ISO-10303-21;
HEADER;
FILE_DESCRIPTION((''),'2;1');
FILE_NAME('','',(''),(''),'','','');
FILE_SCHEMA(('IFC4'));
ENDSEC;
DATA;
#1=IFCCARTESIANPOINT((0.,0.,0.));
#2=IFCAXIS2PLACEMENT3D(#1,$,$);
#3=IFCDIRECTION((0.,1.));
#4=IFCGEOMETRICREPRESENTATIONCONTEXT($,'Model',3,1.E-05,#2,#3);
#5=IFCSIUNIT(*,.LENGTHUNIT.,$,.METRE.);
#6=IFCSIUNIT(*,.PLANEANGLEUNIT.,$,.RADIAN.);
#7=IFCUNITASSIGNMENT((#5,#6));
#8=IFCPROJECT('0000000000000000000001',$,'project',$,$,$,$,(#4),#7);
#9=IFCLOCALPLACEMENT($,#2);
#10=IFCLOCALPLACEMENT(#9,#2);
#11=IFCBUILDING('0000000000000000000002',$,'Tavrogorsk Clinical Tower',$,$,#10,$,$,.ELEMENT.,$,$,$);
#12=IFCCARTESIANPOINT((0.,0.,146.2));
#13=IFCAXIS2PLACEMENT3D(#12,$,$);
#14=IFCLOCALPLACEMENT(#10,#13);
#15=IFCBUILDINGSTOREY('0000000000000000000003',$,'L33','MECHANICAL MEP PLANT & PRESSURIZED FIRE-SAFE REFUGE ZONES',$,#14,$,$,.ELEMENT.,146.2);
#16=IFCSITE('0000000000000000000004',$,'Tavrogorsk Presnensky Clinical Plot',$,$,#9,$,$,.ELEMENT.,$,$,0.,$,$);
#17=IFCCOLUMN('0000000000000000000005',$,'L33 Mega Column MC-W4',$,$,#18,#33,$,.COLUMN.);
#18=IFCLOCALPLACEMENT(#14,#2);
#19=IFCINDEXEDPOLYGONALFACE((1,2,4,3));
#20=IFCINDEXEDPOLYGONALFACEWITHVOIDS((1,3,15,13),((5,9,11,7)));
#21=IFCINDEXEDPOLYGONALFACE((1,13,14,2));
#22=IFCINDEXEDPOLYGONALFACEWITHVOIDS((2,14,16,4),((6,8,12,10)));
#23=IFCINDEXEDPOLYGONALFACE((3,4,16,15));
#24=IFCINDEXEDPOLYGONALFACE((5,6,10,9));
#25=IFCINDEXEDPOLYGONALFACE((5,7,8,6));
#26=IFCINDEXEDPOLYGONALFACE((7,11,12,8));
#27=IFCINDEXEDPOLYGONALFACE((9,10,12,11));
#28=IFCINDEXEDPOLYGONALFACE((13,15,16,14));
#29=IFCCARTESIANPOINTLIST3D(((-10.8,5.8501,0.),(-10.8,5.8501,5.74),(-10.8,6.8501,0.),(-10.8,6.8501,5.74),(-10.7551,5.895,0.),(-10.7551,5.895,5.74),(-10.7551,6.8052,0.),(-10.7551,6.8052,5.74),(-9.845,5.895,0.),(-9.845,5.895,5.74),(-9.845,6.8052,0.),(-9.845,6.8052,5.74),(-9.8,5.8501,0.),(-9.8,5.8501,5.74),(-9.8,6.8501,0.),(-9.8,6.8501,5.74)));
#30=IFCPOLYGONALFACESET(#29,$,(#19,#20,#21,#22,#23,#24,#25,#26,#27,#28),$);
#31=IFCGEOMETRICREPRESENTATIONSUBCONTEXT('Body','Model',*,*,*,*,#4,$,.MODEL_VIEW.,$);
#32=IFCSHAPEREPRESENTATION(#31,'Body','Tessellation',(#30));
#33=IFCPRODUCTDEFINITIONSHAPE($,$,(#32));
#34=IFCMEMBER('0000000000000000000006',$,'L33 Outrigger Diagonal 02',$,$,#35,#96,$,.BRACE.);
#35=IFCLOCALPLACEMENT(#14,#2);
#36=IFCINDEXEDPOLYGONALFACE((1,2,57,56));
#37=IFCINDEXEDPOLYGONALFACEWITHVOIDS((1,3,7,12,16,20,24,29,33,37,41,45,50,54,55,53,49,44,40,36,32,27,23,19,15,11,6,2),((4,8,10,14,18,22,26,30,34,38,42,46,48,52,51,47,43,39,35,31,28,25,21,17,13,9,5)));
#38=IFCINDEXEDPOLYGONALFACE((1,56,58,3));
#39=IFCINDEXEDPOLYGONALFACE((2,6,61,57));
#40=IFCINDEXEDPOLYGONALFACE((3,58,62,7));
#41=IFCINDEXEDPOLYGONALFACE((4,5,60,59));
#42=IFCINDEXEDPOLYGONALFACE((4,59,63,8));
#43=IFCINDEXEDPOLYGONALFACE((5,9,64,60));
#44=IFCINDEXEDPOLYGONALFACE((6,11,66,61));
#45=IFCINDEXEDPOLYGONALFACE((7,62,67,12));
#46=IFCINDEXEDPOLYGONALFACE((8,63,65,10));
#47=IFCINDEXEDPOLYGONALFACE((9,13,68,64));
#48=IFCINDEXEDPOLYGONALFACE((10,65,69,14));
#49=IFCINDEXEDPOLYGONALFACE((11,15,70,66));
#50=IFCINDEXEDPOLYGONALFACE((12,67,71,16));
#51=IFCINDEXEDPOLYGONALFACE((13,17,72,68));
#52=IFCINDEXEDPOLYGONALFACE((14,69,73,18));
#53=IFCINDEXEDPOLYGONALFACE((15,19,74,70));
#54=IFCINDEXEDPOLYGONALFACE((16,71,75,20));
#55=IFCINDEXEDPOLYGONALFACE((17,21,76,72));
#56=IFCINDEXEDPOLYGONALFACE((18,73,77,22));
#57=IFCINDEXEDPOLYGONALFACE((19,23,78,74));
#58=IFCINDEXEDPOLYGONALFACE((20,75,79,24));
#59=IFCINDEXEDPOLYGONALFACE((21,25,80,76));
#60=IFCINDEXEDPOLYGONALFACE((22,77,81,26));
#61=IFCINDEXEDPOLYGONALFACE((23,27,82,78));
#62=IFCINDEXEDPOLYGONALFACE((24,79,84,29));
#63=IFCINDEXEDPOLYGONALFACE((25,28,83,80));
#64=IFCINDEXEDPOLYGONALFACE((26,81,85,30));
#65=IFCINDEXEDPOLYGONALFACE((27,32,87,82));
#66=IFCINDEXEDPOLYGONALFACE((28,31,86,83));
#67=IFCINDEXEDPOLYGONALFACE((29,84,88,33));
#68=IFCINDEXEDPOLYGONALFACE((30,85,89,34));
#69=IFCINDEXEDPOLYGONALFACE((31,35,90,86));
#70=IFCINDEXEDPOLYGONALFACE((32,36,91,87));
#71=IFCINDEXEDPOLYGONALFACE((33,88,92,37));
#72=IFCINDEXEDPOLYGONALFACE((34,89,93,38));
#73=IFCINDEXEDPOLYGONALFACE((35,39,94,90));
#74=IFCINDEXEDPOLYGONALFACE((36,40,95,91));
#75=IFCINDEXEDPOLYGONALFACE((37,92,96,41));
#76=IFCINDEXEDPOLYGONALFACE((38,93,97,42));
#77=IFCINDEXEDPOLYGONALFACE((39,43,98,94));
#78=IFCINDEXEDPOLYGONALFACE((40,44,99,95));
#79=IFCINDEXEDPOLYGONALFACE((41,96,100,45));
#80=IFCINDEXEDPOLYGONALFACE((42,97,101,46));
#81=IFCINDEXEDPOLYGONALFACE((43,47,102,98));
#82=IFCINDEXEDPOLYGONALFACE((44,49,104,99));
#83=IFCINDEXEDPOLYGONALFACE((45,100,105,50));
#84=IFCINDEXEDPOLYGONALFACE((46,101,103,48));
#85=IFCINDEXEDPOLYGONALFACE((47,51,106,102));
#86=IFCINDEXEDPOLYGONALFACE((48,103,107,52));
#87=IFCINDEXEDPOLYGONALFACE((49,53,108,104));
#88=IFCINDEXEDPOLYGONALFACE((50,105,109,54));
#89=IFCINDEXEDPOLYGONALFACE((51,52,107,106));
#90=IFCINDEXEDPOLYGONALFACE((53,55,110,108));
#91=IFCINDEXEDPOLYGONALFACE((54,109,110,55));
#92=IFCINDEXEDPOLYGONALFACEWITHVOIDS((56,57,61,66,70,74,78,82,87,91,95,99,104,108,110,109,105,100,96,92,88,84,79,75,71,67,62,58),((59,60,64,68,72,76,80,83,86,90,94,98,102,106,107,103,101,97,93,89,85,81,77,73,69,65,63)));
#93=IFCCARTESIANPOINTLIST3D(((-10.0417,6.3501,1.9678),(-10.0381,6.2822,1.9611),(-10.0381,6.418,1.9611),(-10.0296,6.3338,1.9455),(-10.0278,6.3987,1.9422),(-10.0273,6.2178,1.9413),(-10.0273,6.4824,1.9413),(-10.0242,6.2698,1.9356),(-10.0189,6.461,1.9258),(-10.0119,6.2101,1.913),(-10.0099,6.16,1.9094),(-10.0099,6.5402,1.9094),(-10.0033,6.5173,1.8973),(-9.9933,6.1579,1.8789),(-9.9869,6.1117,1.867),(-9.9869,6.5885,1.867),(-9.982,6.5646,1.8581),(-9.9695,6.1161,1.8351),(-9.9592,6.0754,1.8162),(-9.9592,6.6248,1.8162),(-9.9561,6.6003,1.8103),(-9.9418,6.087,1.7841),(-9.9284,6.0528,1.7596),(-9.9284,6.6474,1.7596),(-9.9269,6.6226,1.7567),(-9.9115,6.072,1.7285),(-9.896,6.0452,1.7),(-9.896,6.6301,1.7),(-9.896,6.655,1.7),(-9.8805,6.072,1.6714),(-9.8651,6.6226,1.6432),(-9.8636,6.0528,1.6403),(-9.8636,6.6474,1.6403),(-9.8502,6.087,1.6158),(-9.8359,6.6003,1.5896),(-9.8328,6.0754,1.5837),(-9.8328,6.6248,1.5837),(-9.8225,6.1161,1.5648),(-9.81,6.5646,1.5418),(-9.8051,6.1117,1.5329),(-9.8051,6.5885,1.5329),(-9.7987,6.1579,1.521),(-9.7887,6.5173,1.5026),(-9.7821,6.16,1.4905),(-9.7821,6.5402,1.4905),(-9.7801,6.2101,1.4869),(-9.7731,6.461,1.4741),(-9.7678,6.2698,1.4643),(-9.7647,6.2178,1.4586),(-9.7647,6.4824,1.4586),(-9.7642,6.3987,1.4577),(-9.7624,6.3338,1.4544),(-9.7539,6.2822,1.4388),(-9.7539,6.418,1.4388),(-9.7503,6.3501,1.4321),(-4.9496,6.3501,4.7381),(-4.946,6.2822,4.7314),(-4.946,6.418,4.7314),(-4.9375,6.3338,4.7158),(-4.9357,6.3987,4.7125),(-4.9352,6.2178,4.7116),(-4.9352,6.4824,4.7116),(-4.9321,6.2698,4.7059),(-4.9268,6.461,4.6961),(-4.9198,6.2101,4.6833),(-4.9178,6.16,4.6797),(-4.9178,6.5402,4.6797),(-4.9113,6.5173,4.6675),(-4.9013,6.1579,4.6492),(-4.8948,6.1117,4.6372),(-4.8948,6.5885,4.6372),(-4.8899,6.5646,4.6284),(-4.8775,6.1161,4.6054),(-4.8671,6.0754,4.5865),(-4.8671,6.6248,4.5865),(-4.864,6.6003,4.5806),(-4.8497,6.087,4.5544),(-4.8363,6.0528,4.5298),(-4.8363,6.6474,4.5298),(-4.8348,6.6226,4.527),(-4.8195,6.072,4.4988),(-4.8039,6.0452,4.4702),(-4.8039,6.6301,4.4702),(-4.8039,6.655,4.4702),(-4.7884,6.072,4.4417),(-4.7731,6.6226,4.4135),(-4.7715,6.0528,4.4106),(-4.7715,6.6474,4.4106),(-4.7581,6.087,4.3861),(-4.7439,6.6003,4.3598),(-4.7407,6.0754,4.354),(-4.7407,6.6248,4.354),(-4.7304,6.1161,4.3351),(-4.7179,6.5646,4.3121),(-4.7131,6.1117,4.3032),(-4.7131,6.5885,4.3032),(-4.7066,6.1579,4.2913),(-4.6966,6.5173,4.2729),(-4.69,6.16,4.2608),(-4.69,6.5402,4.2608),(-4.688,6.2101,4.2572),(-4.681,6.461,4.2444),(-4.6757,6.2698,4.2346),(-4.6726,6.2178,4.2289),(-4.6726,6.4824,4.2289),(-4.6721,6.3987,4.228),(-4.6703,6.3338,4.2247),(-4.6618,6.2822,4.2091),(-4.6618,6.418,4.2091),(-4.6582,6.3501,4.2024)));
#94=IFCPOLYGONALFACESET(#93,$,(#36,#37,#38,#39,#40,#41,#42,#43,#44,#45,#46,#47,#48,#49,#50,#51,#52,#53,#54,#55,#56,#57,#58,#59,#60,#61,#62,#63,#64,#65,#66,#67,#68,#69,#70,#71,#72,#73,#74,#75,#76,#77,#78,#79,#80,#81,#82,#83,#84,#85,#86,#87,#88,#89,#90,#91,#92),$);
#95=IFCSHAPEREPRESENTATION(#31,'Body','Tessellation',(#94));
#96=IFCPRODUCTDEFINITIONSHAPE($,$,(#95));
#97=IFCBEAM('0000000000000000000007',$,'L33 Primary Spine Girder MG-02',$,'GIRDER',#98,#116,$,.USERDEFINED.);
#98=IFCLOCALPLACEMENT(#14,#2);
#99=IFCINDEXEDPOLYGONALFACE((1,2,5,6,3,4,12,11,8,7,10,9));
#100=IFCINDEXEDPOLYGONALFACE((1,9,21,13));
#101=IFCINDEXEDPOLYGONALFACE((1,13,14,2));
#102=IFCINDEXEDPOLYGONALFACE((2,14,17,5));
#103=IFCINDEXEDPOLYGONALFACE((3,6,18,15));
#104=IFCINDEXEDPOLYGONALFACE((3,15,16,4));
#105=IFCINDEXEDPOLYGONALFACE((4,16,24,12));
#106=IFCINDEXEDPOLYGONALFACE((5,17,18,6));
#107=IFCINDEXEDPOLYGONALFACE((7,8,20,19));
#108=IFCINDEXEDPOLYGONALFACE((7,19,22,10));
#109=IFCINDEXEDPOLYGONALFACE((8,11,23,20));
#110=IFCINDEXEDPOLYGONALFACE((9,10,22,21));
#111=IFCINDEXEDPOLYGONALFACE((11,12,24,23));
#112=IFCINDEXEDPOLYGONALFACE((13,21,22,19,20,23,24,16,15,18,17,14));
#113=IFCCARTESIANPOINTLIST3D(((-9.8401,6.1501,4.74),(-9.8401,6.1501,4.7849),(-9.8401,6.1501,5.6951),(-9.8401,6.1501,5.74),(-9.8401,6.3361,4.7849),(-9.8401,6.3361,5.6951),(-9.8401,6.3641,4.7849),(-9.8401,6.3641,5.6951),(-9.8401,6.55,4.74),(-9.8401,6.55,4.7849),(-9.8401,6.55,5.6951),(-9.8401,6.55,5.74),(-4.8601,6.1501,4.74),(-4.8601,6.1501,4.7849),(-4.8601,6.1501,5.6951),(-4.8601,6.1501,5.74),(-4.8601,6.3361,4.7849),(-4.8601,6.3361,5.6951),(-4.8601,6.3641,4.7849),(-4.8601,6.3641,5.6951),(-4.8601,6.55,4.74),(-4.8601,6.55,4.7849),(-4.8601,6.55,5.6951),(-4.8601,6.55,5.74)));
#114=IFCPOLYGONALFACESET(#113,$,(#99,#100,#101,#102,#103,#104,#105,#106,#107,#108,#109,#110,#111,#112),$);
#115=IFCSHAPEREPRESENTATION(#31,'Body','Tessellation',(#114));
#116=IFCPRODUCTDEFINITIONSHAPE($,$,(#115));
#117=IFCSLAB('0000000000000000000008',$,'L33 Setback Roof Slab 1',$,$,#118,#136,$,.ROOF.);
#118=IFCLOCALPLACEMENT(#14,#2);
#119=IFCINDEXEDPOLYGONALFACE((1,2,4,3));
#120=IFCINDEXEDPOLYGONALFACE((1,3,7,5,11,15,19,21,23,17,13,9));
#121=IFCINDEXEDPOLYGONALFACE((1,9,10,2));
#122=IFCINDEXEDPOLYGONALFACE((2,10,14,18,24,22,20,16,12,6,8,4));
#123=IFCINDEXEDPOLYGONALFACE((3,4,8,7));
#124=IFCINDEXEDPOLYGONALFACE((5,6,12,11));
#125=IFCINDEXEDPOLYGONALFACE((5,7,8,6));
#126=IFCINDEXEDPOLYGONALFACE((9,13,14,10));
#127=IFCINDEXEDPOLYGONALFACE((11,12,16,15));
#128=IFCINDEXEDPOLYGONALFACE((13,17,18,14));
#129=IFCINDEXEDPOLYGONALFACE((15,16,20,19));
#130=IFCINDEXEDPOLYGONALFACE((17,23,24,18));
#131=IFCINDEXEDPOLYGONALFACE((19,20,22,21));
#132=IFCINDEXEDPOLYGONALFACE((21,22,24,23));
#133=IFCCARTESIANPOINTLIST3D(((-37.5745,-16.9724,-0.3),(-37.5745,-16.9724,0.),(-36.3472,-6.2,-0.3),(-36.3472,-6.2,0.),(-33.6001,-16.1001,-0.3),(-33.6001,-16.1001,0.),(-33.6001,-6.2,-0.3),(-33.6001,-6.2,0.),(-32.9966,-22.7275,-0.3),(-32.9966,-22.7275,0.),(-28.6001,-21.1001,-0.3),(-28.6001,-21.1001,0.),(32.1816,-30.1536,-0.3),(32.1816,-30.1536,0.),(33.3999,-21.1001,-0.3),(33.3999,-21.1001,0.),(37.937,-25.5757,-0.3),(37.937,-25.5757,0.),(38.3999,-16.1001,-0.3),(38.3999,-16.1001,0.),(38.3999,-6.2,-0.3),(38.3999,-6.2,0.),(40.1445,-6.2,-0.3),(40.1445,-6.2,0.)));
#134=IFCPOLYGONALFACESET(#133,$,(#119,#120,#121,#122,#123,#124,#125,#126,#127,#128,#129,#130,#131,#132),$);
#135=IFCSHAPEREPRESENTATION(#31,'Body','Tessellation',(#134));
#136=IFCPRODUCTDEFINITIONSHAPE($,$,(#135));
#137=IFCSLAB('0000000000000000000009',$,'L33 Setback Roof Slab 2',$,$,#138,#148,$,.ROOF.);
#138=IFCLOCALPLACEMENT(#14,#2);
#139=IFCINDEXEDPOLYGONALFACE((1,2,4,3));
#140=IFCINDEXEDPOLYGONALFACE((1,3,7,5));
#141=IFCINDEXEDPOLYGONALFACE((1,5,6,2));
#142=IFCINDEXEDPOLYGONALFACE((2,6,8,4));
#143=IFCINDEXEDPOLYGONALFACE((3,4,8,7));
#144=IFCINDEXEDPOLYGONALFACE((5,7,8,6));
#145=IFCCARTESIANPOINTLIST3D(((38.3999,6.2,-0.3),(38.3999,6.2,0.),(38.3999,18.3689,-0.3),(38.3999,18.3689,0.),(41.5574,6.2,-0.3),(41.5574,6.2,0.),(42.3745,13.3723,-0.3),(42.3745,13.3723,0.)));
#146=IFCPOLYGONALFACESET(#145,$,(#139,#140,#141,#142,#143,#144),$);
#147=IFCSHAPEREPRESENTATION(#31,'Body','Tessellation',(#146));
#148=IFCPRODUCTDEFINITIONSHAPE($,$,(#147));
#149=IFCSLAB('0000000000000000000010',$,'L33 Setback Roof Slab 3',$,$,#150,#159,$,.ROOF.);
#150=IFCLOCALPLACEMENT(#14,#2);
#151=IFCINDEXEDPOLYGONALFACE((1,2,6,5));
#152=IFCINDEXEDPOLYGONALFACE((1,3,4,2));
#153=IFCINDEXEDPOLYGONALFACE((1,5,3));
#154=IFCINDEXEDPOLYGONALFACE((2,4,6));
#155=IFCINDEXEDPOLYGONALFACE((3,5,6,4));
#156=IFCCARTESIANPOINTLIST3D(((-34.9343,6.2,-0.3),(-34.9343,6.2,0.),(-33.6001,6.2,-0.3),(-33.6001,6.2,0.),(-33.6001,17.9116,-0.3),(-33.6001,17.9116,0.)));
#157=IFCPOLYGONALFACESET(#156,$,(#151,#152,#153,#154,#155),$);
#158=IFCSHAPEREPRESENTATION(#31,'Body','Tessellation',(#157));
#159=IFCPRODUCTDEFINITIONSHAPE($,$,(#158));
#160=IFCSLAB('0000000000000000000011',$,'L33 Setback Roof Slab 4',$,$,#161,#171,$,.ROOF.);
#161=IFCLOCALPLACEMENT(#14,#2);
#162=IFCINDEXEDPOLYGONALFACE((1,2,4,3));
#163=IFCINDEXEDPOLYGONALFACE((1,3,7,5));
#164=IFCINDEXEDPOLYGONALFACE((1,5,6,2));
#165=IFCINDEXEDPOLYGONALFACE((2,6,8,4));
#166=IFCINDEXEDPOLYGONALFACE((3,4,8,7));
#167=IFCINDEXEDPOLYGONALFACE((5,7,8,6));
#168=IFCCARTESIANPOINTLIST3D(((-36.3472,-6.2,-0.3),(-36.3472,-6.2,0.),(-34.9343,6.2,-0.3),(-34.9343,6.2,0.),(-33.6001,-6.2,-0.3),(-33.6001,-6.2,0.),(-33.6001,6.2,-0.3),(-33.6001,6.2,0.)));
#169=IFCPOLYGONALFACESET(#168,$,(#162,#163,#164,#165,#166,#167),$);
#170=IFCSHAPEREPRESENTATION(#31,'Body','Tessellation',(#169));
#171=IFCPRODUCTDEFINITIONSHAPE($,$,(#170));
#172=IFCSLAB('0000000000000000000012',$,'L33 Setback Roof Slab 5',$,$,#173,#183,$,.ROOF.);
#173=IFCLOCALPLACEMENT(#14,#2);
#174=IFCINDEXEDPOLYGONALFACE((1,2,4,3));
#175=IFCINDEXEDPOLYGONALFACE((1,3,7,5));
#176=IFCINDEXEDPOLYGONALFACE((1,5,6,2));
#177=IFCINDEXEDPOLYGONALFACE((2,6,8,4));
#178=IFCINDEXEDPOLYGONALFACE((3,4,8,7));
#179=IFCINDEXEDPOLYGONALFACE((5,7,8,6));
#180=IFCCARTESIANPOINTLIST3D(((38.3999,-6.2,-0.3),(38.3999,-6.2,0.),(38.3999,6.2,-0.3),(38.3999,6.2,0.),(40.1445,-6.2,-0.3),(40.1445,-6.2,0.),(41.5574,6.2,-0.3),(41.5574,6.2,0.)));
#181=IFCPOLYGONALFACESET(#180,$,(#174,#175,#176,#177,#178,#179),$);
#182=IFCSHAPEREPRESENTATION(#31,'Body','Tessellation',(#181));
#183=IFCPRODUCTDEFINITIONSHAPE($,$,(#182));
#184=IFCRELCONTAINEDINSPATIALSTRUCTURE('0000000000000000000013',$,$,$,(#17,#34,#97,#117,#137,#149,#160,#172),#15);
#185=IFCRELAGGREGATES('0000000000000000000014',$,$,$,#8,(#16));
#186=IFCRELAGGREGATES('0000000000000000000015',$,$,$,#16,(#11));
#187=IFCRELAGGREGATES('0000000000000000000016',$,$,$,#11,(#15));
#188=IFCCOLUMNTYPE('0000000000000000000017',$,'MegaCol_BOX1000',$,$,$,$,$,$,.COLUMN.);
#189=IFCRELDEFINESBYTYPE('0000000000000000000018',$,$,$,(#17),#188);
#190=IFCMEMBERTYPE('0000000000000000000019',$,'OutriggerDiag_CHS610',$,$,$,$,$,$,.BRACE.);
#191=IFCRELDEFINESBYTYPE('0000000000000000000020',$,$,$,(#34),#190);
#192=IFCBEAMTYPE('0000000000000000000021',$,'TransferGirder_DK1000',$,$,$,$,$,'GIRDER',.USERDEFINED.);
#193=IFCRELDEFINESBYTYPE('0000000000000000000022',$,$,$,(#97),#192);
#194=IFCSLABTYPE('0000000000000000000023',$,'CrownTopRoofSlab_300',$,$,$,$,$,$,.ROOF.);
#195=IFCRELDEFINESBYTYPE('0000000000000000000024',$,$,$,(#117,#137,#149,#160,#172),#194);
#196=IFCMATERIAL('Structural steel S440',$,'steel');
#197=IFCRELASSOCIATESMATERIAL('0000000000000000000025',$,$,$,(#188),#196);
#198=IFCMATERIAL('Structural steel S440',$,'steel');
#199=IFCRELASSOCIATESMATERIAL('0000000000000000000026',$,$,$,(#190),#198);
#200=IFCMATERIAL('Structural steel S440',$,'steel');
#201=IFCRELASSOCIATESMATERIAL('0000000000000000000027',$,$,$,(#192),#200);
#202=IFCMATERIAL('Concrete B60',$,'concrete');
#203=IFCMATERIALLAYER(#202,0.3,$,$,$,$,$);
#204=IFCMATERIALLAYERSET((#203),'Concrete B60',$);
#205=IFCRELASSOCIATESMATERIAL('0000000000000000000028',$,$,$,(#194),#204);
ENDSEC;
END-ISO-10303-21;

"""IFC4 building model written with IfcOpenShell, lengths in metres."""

from ifc_helpers import new_model, si_unit, direction, frame, origin, origin_2d, place, context, subcontext, project, spatial, polyline, hollow_rectangle, hollow_circle, i_section, outline, extrude, material, layer, layer_set, material_profile, profile_set, type_object, element, save


model = new_model("IFC4")

# Units and contexts
model_context = context("Model", 3, precision=1e-05, world=origin(), true_north=direction((0.0, 1.0)))
body_context = subcontext(model_context, "Body", "Model", "MODEL_VIEW")
ifc_project = project(units=[si_unit("LENGTHUNIT", "METRE"), si_unit("PLANEANGLEUNIT", "RADIAN")], contexts=[model_context])

# Site, building, storey
site_placement = place(None, origin())
site = spatial("IfcSite", under=ifc_project, at=site_placement, Name="Tavrogorsk Presnensky Clinical Plot", CompositionType="ELEMENT", RefElevation=0.0)
building_placement = place(site_placement, origin())
building = spatial("IfcBuilding", under=site, at=building_placement, Name="Tavrogorsk Clinical Tower", CompositionType="ELEMENT")
storey_placement = place(building_placement, frame((0.0, 0.0, 146.2)))
storey = spatial("IfcBuildingStorey", under=building, at=storey_placement, Name="L33", Description="MECHANICAL MEP PLANT & PRESSURIZED FIRE-SAFE REFUGE ZONES", CompositionType="ELEMENT", Elevation=146.2)

# Column
ifc_material_1 = material(Name="Structural steel S440", Category="steel")
ifc_material_profile_1 = material_profile(ifc_material_1, hollow_rectangle(XDim=1.0, YDim=1.0, WallThickness=0.0449, at=origin_2d()), Name="BOX-1000x1000x45")
ifc_profile_set_1 = profile_set([ifc_material_profile_1], Name="Structural steel S440")
column_type = type_object("IfcColumnType", Name="MegaCol_BOX1000", PredefinedType="COLUMN", material=ifc_profile_set_1)
column_placement = place(storey_placement, frame((-10.3, 6.3501, 0.0), z_axis=(0.0, 0.0, 1.0), x_axis=(1.0, 0.0, 0.0)))
element("IfcColumn", 1, at=column_placement, inside=storey, type_object=column_type, Name="L33 Mega Column MC-W4", PredefinedType="COLUMN", context=body_context, shape_type="SweptSolid", body=[
    extrude(hollow_rectangle(XDim=1.0, YDim=1.0, WallThickness=0.0449, at=origin_2d()), origin(), (0.0, 0.0, 1.0), 5.74),
])

# Member
ifc_material_2 = material(Name="Structural steel S440", Category="steel")
ifc_material_profile_2 = material_profile(ifc_material_2, hollow_circle(Radius=0.3049, WallThickness=0.0249, at=origin_2d()), Name="CHS-610x25")
ifc_profile_set_2 = profile_set([ifc_material_profile_2], Name="Structural steel S440")
member_type = type_object("IfcMemberType", Name="OutriggerDiag_CHS610", PredefinedType="BRACE", material=ifc_profile_set_2)
member_placement = place(storey_placement, frame((-9.896, 6.3501, 1.7), z_axis=(0.878418, 0.0, 0.477893), x_axis=(0.0, 1.0, 0.0)))
element("IfcMember", 2, at=member_placement, inside=storey, type_object=member_type, Name="L33 Outrigger Diagonal 02", PredefinedType="BRACE", context=body_context, shape_type="SweptSolid", body=[
    extrude(hollow_circle(Radius=0.3049, WallThickness=0.0249, at=origin_2d()), origin(), (0.0, 0.0, 1.0), 5.7969),
])

# Beam
ifc_material_3 = material(Name="Structural steel S440", Category="steel")
ifc_material_profile_3 = material_profile(ifc_material_3, i_section(OverallWidth=0.3999, OverallDepth=1.0, WebThickness=0.0281, FlangeThickness=0.0449, at=origin_2d()), Name="DK-1000x400x28x45")
ifc_profile_set_3 = profile_set([ifc_material_profile_3], Name="Structural steel S440")
beam_type = type_object("IfcBeamType", Name="TransferGirder_DK1000", ElementType="GIRDER", PredefinedType="USERDEFINED", material=ifc_profile_set_3)
beam_placement = place(storey_placement, frame((-9.8401, 6.3501, 5.24), z_axis=(1.0, 0.0, 0.0), x_axis=(0.0, 1.0, 0.0)))
element("IfcBeam", 3, at=beam_placement, inside=storey, type_object=beam_type, Name="L33 Primary Spine Girder MG-02", ObjectType="GIRDER", PredefinedType="USERDEFINED", context=body_context, shape_type="SweptSolid", body=[
    extrude(i_section(OverallWidth=0.3999, OverallDepth=1.0, WebThickness=0.0281, FlangeThickness=0.0449, at=origin_2d()), origin(), (0.0, 0.0, 1.0), 4.98),
])

# Slabs
ifc_material_4 = material(Name="Concrete B60", Category="concrete")
ifc_layer_1 = layer(ifc_material_4, 0.3)
ifc_layer_set_1 = layer_set([ifc_layer_1], Name="Concrete B60")
slab_type = type_object("IfcSlabType", Name="CrownTopRoofSlab_300", PredefinedType="ROOF", material=ifc_layer_set_1)
slab_1_placement = place(storey_placement, frame((0.0, 0.0, -0.3)))
element("IfcSlab", 4, at=slab_1_placement, inside=storey, type_object=slab_type, Name="L33 Setback Roof Slab 1", PredefinedType="ROOF", context=body_context, shape_type="SweptSolid", body=[
    extrude(outline(polyline([(37.937, -25.5757), (32.1816, -30.1536), (-32.9966, -22.7275), (-37.5745, -16.9724), (-36.3472, -6.2), (-33.6001, -6.2), (-33.6001, -16.1001), (-28.6001, -21.1001), (33.3999, -21.1001), (38.3999, -16.1001), (38.3999, -6.2), (40.1445, -6.2), (37.937, -25.5757)])), origin(), (0.0, 0.0, 1.0), 0.3),
])
slab_2_placement = place(storey_placement, frame((0.0, 0.0, -0.3)))
element("IfcSlab", 5, at=slab_2_placement, inside=storey, type_object=slab_type, Name="L33 Setback Roof Slab 2", PredefinedType="ROOF", context=body_context, shape_type="SweptSolid", body=[
    extrude(outline(polyline([(41.5574, 6.2), (38.3999, 6.2), (38.3999, 18.3689), (42.3745, 13.3723), (41.5574, 6.2)])), origin(), (0.0, 0.0, 1.0), 0.3),
])
slab_3_placement = place(storey_placement, frame((0.0, 0.0, -0.3)))
element("IfcSlab", 6, at=slab_3_placement, inside=storey, type_object=slab_type, Name="L33 Setback Roof Slab 3", PredefinedType="ROOF", context=body_context, shape_type="SweptSolid", body=[
    extrude(outline(polyline([(-33.6001, 17.9116), (-33.6001, 6.2), (-34.9343, 6.2), (-33.6001, 17.9116)])), origin(), (0.0, 0.0, 1.0), 0.3),
])
slab_4_placement = place(storey_placement, frame((0.0, 0.0, -0.3)))
element("IfcSlab", 7, at=slab_4_placement, inside=storey, type_object=slab_type, Name="L33 Setback Roof Slab 4", PredefinedType="ROOF", context=body_context, shape_type="SweptSolid", body=[
    extrude(outline(polyline([(-34.9343, 6.2), (-33.6001, 6.2), (-33.6001, -6.2), (-36.3472, -6.2), (-34.9343, 6.2)])), origin(), (0.0, 0.0, 1.0), 0.3),
])
slab_5_placement = place(storey_placement, frame((0.0, 0.0, -0.3)))
element("IfcSlab", 8, at=slab_5_placement, inside=storey, type_object=slab_type, Name="L33 Setback Roof Slab 5", PredefinedType="ROOF", context=body_context, shape_type="SweptSolid", body=[
    extrude(outline(polyline([(40.1445, -6.2), (38.3999, -6.2), (38.3999, 6.2), (41.5574, 6.2), (40.1445, -6.2)])), origin(), (0.0, 0.0, 1.0), 0.3),
])

save(model, "model.ifc")
